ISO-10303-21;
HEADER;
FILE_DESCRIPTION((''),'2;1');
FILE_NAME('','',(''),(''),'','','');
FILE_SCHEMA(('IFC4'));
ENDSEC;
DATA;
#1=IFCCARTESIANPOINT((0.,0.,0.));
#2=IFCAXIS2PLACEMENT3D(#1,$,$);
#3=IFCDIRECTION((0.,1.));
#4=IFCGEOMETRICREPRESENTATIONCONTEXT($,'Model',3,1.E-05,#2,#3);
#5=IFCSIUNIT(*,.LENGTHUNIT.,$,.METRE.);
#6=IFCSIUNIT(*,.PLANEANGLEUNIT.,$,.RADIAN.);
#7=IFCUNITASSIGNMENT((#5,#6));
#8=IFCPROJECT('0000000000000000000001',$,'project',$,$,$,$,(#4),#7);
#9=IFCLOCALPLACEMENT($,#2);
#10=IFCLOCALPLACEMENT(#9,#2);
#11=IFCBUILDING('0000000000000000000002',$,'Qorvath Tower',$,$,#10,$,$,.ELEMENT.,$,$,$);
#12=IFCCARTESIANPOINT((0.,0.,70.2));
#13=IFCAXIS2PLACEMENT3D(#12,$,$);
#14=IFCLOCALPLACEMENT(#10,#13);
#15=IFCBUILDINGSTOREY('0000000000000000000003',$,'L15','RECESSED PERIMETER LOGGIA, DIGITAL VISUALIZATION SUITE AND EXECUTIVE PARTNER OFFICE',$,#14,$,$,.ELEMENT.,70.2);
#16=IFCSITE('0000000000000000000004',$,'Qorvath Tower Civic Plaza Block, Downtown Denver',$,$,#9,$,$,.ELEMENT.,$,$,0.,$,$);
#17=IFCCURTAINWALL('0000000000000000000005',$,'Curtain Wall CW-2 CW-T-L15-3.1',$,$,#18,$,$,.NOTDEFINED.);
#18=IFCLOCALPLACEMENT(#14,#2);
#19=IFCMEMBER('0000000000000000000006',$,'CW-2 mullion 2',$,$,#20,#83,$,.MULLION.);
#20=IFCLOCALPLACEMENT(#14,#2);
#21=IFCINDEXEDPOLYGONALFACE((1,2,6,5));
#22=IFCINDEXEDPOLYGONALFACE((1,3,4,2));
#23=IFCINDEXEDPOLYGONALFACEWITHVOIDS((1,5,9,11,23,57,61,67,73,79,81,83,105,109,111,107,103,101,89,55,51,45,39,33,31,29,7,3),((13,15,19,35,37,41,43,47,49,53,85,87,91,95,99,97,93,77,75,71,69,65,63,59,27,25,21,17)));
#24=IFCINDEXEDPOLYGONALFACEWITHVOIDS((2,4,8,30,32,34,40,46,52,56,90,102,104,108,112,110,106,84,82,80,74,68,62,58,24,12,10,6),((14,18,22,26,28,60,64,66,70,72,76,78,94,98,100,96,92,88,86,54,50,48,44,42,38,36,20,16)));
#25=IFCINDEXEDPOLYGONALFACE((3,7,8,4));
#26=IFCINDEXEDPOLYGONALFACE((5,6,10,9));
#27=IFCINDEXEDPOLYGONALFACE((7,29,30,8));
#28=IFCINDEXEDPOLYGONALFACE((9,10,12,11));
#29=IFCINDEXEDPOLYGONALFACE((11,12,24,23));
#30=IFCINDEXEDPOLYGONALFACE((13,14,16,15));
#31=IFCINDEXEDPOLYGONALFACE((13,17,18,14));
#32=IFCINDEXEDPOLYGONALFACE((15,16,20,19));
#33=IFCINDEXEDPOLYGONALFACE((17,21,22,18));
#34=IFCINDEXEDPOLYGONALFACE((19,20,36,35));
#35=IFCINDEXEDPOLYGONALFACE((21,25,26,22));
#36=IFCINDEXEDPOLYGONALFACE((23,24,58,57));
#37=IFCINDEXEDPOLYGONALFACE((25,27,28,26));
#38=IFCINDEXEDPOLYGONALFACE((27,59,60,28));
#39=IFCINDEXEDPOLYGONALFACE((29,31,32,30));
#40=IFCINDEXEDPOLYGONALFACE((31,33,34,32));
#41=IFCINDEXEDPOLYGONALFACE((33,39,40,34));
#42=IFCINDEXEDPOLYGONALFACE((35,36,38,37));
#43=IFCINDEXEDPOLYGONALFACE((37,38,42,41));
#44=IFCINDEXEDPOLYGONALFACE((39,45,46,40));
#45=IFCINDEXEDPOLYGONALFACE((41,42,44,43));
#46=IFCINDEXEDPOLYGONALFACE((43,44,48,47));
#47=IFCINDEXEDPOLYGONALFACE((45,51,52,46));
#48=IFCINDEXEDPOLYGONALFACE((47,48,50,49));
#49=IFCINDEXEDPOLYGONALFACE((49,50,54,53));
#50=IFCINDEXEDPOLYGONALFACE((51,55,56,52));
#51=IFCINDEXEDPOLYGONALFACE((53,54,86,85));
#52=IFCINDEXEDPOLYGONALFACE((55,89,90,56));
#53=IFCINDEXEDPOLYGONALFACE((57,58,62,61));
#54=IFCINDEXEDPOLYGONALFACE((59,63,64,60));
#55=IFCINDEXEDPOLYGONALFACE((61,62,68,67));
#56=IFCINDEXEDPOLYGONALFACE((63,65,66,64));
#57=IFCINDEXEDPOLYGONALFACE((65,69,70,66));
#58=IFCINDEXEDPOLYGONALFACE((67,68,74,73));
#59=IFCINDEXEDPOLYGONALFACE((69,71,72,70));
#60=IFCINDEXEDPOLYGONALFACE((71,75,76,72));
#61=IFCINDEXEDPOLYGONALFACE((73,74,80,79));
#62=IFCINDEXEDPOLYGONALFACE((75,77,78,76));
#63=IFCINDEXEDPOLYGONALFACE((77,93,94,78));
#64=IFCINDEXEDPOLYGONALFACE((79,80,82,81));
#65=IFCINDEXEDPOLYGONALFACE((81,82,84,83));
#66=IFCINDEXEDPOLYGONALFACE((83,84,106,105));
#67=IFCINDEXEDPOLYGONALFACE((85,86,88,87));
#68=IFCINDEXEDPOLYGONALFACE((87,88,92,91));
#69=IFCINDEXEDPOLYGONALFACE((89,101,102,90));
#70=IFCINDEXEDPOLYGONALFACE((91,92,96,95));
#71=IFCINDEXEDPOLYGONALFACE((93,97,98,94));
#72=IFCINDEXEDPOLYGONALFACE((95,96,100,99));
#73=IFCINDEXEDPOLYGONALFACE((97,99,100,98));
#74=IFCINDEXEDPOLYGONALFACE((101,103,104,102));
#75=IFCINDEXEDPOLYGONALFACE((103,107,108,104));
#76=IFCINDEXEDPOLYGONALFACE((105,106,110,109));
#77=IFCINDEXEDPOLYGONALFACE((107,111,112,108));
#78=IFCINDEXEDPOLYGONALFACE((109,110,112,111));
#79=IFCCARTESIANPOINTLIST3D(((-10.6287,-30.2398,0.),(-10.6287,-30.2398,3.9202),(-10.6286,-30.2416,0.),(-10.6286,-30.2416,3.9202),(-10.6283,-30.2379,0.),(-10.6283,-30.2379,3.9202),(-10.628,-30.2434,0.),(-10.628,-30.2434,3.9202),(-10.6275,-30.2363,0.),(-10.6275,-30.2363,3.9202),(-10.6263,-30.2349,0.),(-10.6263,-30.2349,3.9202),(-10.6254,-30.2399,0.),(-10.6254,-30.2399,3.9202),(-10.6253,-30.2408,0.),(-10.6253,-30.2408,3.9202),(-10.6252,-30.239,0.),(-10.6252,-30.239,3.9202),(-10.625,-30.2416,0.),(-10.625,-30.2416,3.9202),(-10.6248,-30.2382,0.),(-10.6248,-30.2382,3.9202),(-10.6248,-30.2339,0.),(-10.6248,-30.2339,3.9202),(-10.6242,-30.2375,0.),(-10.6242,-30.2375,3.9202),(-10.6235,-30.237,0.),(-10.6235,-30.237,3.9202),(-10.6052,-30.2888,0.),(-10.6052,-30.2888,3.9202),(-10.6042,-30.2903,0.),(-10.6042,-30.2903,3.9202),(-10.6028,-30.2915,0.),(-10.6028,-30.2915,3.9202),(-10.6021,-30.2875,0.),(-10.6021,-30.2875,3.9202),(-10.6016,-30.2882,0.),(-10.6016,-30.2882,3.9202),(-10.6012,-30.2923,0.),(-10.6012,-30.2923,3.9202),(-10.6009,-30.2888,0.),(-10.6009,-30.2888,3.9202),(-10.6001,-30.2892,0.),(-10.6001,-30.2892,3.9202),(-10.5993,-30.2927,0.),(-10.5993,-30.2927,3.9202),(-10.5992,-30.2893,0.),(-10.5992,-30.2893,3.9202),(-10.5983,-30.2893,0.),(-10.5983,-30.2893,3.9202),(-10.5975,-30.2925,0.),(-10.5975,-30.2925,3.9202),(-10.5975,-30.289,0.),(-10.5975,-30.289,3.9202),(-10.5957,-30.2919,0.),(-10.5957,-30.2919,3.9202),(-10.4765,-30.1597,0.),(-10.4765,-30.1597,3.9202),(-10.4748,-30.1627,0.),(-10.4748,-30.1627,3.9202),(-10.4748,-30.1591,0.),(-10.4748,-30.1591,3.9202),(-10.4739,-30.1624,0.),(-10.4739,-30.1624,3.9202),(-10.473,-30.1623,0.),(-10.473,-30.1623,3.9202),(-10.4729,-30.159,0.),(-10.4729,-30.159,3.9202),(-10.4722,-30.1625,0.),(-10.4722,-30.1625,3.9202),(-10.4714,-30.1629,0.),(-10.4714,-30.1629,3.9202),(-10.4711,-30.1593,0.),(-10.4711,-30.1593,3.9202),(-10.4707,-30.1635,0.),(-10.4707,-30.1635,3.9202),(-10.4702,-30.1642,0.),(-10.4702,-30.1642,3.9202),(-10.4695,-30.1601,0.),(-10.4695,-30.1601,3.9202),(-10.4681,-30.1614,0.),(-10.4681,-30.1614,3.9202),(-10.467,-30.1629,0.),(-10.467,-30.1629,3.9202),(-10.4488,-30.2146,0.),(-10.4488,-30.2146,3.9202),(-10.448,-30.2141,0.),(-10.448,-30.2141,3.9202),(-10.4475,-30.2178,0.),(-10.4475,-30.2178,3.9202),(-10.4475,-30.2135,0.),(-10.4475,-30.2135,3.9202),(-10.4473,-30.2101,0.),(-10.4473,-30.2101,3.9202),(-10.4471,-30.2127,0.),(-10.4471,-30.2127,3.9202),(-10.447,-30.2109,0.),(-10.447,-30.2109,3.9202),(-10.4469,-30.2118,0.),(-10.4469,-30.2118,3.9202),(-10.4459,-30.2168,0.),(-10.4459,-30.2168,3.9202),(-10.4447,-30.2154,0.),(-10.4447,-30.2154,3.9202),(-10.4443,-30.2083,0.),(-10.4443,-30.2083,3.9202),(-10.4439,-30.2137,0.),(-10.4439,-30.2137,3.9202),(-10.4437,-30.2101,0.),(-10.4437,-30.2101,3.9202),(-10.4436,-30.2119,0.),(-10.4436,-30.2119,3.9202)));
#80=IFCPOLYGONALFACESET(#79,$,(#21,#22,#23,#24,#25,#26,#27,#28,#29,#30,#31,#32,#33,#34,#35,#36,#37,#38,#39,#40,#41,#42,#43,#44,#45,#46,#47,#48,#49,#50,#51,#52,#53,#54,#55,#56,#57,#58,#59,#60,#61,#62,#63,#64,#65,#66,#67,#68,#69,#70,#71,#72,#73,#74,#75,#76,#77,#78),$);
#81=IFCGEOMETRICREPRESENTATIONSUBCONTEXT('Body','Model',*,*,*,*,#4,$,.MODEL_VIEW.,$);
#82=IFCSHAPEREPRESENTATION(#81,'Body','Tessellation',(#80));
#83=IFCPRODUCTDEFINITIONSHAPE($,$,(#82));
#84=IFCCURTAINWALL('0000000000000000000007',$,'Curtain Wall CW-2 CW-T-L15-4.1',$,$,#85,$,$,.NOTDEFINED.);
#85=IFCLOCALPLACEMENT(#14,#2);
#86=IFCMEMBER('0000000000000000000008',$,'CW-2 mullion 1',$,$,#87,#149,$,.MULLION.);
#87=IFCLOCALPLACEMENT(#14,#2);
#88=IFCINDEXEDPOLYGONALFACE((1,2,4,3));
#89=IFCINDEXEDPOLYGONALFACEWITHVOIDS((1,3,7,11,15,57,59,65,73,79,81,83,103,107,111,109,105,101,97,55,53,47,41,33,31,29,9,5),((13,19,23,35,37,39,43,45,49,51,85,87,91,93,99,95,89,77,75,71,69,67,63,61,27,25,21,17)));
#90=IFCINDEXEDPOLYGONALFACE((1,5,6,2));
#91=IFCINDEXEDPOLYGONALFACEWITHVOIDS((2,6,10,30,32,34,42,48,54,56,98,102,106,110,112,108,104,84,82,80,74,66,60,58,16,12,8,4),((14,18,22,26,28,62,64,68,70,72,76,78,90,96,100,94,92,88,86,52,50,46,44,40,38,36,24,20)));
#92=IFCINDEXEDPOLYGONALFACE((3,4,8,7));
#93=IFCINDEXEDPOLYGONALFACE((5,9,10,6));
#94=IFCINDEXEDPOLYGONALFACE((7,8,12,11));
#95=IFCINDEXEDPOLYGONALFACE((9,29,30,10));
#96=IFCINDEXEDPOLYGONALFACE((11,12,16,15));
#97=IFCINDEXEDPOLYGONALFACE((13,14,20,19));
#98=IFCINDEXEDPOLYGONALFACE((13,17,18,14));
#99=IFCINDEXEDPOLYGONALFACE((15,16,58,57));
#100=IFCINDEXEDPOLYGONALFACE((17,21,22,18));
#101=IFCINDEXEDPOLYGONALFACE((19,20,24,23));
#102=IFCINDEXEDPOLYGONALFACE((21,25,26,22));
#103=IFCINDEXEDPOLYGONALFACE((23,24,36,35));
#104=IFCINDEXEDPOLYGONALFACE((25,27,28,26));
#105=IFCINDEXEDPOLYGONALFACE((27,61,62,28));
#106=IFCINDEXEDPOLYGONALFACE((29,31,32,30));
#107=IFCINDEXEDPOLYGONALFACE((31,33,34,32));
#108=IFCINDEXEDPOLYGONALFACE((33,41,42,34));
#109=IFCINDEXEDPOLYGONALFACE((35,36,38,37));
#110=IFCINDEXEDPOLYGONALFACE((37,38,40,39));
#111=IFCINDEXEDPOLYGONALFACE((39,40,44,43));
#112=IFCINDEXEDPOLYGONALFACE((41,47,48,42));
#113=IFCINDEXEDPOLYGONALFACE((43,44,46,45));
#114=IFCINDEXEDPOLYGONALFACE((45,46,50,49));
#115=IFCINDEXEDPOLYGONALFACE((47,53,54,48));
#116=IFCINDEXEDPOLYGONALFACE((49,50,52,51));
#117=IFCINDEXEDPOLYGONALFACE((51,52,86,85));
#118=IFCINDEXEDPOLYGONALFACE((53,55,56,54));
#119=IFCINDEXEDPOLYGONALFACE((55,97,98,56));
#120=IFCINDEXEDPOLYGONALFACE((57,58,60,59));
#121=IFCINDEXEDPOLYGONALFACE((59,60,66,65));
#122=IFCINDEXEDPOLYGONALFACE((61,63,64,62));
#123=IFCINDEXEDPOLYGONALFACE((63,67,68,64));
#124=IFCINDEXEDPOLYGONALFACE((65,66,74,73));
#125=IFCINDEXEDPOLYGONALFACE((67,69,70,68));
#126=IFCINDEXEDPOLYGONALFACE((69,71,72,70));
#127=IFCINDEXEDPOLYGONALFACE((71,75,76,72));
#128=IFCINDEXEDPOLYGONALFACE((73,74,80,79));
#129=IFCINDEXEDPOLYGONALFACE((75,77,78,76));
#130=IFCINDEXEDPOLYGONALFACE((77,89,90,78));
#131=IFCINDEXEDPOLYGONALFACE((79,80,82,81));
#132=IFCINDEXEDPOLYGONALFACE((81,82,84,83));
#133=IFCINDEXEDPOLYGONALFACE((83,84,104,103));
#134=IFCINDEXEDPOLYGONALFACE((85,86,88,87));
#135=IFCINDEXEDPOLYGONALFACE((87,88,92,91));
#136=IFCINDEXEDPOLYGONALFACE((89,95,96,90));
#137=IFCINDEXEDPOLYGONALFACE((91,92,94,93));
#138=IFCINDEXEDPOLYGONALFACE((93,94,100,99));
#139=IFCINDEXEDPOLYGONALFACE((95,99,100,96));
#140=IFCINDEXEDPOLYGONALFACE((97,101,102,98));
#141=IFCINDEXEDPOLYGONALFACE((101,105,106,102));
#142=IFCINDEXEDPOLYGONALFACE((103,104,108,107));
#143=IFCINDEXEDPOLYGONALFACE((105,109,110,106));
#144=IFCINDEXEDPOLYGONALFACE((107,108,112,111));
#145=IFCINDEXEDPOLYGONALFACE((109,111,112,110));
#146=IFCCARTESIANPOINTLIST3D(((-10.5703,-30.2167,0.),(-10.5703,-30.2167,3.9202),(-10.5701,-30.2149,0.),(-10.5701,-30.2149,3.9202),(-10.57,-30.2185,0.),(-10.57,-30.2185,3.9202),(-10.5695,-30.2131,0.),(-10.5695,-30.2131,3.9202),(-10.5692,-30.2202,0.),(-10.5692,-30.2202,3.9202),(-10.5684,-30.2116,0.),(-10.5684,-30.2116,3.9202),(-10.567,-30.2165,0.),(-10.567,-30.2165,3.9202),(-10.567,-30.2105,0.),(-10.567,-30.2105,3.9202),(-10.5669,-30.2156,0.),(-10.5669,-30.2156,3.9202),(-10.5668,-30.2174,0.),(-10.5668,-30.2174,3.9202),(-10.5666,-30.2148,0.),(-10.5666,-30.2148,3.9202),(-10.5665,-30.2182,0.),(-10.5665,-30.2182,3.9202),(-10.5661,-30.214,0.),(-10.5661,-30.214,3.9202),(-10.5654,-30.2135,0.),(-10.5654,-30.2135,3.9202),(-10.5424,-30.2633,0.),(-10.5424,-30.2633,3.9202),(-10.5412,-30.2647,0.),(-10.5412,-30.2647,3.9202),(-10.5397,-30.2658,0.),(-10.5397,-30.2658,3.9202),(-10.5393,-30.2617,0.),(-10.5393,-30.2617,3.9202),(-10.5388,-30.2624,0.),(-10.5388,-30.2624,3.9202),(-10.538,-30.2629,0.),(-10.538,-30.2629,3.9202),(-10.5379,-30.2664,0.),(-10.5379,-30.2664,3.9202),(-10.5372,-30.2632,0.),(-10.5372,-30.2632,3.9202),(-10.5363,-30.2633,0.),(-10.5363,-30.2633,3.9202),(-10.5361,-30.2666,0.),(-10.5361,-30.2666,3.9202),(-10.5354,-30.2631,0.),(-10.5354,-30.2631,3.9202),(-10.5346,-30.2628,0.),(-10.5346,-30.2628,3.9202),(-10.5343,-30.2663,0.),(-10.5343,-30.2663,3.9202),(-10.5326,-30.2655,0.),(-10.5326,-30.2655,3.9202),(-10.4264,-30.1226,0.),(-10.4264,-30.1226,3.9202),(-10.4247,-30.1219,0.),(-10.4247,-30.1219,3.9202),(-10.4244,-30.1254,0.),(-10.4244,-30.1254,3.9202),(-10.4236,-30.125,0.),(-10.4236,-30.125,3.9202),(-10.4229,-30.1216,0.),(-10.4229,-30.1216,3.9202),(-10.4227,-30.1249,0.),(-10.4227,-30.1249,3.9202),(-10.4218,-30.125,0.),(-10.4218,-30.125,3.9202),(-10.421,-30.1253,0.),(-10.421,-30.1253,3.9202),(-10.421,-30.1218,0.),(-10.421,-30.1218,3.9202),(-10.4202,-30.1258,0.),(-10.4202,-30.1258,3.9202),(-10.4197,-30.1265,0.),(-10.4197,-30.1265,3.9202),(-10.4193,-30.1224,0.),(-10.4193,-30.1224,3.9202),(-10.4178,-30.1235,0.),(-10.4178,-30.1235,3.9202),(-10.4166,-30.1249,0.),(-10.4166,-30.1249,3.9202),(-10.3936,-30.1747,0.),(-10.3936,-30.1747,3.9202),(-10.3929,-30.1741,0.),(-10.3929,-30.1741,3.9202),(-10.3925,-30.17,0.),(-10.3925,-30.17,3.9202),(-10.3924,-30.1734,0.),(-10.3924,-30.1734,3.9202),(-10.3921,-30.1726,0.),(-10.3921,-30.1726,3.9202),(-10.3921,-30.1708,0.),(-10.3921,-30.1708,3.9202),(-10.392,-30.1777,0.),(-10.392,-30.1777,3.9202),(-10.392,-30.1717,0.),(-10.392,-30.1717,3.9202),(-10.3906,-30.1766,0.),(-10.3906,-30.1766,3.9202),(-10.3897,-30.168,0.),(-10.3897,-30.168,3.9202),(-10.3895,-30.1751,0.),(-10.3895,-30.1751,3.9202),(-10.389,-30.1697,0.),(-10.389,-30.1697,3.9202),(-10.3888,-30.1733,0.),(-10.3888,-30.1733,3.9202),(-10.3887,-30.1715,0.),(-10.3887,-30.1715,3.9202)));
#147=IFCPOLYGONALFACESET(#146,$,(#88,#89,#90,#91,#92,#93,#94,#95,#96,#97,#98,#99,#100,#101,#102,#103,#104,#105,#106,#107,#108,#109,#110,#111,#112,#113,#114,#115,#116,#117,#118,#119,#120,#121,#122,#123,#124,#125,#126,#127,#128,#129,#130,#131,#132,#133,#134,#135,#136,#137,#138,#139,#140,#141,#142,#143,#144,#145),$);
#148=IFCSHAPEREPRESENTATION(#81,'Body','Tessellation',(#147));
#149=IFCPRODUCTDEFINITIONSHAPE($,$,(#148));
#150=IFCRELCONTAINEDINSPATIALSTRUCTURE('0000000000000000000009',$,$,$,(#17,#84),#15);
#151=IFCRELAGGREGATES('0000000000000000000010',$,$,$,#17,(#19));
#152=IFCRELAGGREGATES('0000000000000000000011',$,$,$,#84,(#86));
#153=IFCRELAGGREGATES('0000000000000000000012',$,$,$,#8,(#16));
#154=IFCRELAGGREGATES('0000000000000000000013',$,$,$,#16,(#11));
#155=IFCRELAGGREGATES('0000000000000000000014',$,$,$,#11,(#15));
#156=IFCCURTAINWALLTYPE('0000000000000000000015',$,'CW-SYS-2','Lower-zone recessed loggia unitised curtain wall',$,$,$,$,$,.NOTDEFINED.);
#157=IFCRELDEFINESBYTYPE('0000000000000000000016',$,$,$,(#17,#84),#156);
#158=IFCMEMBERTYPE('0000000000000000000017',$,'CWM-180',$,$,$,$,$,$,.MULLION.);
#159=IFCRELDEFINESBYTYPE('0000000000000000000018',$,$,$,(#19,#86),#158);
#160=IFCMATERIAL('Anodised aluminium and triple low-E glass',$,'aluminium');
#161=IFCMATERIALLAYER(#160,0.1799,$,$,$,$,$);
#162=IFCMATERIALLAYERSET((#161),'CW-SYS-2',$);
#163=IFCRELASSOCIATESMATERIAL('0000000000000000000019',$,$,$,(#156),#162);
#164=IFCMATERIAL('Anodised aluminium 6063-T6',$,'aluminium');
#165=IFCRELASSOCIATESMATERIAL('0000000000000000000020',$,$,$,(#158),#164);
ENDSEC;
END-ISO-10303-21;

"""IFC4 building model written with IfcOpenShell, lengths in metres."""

from ifc_helpers import new_model, si_unit, direction, frame, origin, origin_2d, place, context, subcontext, project, spatial, hollow_rectangle, extrude, material, layer, layer_set, material_profile, profile_set, type_object, element, aggregate, save


model = new_model("IFC4")

# Units and contexts
model_context = context("Model", 3, precision=1e-05, world=origin(), true_north=direction((0.0, 1.0)))
body_context = subcontext(model_context, "Body", "Model", "MODEL_VIEW")
ifc_project = project(units=[si_unit("LENGTHUNIT", "METRE"), si_unit("PLANEANGLEUNIT", "RADIAN")], contexts=[model_context])

# Site, building, storey
site_placement = place(None, origin())
site = spatial("IfcSite", under=ifc_project, at=site_placement, Name="Qorvath Tower Civic Plaza Block, Downtown Denver", CompositionType="ELEMENT", RefElevation=0.0)
building_placement = place(site_placement, origin())
building = spatial("IfcBuilding", under=site, at=building_placement, Name="Qorvath Tower", CompositionType="ELEMENT")
storey_placement = place(building_placement, frame((0.0, 0.0, 70.2)))
storey = spatial("IfcBuildingStorey", under=building, at=storey_placement, Name="L15", Description="RECESSED PERIMETER LOGGIA, DIGITAL VISUALIZATION SUITE AND EXECUTIVE PARTNER OFFICE", CompositionType="ELEMENT", Elevation=70.2)

# Shared definitions
ifc_material_1 = material(Name="Anodised aluminium and triple low-E glass", Category="aluminium")
ifc_layer_1 = layer(ifc_material_1, 0.1799)
ifc_layer_set_1 = layer_set([ifc_layer_1], Name="CW-SYS-2")
curtain_wall_type = type_object("IfcCurtainWallType", Name="CW-SYS-2", Description="Lower-zone recessed loggia unitised curtain wall", PredefinedType="NOTDEFINED", material=ifc_layer_set_1)
ifc_material_2 = material(Name="Anodised aluminium 6063-T6", Category="aluminium")
ifc_material_profile_1 = material_profile(ifc_material_2, hollow_rectangle(XDim=0.0649, YDim=0.1799, WallThickness=0.0034, InnerFilletRadius=0.0034, OuterFilletRadius=0.0071, at=origin_2d()), Name="CWM 180x65")
ifc_profile_set_1 = profile_set([ifc_material_profile_1], Name="Anodised aluminium 6063-T6")
member_type_1 = type_object("IfcMemberType", Name="CWM-180", PredefinedType="MULLION", material=ifc_profile_set_1)

# Curtain walls, members
curtain_wall_1_placement = place(storey_placement, origin())
curtain_wall_1 = element("IfcCurtainWall", 1, at=curtain_wall_1_placement, inside=storey, type_object=curtain_wall_type, Name="Curtain Wall CW-2 CW-T-L15-3.1", PredefinedType="NOTDEFINED")
member_1_placement = place(storey_placement, frame((-10.5361, -30.2258, 0.0), z_axis=(0.0, 0.0, 1.0), x_axis=(-0.447221, 0.894423, 0.0)))
member_1 = element("IfcMember", 2, at=member_1_placement, type_object=member_type_1, Name="CW-2 mullion 2", PredefinedType="MULLION", context=body_context, shape_type="SweptSolid", body=[
    extrude(hollow_rectangle(XDim=0.0649, YDim=0.1799, WallThickness=0.0034, InnerFilletRadius=0.0034, OuterFilletRadius=0.0071, at=origin_2d()), origin(), (0.0, 0.0, 1.0), 3.9202),
])
curtain_wall_2_placement = place(storey_placement, origin())
curtain_wall_2 = element("IfcCurtainWall", 3, at=curtain_wall_2_placement, inside=storey, type_object=curtain_wall_type, Name="Curtain Wall CW-2 CW-T-L15-4.1", PredefinedType="NOTDEFINED")
member_2_placement = place(storey_placement, frame((-10.4795, -30.1941, 0.0), z_axis=(0.0, 0.0, 1.0), x_axis=(-0.529686, 0.848194, 0.0)))
member_2 = element("IfcMember", 4, at=member_2_placement, type_object=member_type_1, Name="CW-2 mullion 1", PredefinedType="MULLION", context=body_context, shape_type="SweptSolid", body=[
    extrude(hollow_rectangle(XDim=0.0649, YDim=0.1799, WallThickness=0.0034, InnerFilletRadius=0.0034, OuterFilletRadius=0.0071, at=origin_2d()), origin(), (0.0, 0.0, 1.0), 3.9202),
])

aggregate(curtain_wall_1, [member_1])
aggregate(curtain_wall_2, [member_2])

save(model, "model.ifc")
